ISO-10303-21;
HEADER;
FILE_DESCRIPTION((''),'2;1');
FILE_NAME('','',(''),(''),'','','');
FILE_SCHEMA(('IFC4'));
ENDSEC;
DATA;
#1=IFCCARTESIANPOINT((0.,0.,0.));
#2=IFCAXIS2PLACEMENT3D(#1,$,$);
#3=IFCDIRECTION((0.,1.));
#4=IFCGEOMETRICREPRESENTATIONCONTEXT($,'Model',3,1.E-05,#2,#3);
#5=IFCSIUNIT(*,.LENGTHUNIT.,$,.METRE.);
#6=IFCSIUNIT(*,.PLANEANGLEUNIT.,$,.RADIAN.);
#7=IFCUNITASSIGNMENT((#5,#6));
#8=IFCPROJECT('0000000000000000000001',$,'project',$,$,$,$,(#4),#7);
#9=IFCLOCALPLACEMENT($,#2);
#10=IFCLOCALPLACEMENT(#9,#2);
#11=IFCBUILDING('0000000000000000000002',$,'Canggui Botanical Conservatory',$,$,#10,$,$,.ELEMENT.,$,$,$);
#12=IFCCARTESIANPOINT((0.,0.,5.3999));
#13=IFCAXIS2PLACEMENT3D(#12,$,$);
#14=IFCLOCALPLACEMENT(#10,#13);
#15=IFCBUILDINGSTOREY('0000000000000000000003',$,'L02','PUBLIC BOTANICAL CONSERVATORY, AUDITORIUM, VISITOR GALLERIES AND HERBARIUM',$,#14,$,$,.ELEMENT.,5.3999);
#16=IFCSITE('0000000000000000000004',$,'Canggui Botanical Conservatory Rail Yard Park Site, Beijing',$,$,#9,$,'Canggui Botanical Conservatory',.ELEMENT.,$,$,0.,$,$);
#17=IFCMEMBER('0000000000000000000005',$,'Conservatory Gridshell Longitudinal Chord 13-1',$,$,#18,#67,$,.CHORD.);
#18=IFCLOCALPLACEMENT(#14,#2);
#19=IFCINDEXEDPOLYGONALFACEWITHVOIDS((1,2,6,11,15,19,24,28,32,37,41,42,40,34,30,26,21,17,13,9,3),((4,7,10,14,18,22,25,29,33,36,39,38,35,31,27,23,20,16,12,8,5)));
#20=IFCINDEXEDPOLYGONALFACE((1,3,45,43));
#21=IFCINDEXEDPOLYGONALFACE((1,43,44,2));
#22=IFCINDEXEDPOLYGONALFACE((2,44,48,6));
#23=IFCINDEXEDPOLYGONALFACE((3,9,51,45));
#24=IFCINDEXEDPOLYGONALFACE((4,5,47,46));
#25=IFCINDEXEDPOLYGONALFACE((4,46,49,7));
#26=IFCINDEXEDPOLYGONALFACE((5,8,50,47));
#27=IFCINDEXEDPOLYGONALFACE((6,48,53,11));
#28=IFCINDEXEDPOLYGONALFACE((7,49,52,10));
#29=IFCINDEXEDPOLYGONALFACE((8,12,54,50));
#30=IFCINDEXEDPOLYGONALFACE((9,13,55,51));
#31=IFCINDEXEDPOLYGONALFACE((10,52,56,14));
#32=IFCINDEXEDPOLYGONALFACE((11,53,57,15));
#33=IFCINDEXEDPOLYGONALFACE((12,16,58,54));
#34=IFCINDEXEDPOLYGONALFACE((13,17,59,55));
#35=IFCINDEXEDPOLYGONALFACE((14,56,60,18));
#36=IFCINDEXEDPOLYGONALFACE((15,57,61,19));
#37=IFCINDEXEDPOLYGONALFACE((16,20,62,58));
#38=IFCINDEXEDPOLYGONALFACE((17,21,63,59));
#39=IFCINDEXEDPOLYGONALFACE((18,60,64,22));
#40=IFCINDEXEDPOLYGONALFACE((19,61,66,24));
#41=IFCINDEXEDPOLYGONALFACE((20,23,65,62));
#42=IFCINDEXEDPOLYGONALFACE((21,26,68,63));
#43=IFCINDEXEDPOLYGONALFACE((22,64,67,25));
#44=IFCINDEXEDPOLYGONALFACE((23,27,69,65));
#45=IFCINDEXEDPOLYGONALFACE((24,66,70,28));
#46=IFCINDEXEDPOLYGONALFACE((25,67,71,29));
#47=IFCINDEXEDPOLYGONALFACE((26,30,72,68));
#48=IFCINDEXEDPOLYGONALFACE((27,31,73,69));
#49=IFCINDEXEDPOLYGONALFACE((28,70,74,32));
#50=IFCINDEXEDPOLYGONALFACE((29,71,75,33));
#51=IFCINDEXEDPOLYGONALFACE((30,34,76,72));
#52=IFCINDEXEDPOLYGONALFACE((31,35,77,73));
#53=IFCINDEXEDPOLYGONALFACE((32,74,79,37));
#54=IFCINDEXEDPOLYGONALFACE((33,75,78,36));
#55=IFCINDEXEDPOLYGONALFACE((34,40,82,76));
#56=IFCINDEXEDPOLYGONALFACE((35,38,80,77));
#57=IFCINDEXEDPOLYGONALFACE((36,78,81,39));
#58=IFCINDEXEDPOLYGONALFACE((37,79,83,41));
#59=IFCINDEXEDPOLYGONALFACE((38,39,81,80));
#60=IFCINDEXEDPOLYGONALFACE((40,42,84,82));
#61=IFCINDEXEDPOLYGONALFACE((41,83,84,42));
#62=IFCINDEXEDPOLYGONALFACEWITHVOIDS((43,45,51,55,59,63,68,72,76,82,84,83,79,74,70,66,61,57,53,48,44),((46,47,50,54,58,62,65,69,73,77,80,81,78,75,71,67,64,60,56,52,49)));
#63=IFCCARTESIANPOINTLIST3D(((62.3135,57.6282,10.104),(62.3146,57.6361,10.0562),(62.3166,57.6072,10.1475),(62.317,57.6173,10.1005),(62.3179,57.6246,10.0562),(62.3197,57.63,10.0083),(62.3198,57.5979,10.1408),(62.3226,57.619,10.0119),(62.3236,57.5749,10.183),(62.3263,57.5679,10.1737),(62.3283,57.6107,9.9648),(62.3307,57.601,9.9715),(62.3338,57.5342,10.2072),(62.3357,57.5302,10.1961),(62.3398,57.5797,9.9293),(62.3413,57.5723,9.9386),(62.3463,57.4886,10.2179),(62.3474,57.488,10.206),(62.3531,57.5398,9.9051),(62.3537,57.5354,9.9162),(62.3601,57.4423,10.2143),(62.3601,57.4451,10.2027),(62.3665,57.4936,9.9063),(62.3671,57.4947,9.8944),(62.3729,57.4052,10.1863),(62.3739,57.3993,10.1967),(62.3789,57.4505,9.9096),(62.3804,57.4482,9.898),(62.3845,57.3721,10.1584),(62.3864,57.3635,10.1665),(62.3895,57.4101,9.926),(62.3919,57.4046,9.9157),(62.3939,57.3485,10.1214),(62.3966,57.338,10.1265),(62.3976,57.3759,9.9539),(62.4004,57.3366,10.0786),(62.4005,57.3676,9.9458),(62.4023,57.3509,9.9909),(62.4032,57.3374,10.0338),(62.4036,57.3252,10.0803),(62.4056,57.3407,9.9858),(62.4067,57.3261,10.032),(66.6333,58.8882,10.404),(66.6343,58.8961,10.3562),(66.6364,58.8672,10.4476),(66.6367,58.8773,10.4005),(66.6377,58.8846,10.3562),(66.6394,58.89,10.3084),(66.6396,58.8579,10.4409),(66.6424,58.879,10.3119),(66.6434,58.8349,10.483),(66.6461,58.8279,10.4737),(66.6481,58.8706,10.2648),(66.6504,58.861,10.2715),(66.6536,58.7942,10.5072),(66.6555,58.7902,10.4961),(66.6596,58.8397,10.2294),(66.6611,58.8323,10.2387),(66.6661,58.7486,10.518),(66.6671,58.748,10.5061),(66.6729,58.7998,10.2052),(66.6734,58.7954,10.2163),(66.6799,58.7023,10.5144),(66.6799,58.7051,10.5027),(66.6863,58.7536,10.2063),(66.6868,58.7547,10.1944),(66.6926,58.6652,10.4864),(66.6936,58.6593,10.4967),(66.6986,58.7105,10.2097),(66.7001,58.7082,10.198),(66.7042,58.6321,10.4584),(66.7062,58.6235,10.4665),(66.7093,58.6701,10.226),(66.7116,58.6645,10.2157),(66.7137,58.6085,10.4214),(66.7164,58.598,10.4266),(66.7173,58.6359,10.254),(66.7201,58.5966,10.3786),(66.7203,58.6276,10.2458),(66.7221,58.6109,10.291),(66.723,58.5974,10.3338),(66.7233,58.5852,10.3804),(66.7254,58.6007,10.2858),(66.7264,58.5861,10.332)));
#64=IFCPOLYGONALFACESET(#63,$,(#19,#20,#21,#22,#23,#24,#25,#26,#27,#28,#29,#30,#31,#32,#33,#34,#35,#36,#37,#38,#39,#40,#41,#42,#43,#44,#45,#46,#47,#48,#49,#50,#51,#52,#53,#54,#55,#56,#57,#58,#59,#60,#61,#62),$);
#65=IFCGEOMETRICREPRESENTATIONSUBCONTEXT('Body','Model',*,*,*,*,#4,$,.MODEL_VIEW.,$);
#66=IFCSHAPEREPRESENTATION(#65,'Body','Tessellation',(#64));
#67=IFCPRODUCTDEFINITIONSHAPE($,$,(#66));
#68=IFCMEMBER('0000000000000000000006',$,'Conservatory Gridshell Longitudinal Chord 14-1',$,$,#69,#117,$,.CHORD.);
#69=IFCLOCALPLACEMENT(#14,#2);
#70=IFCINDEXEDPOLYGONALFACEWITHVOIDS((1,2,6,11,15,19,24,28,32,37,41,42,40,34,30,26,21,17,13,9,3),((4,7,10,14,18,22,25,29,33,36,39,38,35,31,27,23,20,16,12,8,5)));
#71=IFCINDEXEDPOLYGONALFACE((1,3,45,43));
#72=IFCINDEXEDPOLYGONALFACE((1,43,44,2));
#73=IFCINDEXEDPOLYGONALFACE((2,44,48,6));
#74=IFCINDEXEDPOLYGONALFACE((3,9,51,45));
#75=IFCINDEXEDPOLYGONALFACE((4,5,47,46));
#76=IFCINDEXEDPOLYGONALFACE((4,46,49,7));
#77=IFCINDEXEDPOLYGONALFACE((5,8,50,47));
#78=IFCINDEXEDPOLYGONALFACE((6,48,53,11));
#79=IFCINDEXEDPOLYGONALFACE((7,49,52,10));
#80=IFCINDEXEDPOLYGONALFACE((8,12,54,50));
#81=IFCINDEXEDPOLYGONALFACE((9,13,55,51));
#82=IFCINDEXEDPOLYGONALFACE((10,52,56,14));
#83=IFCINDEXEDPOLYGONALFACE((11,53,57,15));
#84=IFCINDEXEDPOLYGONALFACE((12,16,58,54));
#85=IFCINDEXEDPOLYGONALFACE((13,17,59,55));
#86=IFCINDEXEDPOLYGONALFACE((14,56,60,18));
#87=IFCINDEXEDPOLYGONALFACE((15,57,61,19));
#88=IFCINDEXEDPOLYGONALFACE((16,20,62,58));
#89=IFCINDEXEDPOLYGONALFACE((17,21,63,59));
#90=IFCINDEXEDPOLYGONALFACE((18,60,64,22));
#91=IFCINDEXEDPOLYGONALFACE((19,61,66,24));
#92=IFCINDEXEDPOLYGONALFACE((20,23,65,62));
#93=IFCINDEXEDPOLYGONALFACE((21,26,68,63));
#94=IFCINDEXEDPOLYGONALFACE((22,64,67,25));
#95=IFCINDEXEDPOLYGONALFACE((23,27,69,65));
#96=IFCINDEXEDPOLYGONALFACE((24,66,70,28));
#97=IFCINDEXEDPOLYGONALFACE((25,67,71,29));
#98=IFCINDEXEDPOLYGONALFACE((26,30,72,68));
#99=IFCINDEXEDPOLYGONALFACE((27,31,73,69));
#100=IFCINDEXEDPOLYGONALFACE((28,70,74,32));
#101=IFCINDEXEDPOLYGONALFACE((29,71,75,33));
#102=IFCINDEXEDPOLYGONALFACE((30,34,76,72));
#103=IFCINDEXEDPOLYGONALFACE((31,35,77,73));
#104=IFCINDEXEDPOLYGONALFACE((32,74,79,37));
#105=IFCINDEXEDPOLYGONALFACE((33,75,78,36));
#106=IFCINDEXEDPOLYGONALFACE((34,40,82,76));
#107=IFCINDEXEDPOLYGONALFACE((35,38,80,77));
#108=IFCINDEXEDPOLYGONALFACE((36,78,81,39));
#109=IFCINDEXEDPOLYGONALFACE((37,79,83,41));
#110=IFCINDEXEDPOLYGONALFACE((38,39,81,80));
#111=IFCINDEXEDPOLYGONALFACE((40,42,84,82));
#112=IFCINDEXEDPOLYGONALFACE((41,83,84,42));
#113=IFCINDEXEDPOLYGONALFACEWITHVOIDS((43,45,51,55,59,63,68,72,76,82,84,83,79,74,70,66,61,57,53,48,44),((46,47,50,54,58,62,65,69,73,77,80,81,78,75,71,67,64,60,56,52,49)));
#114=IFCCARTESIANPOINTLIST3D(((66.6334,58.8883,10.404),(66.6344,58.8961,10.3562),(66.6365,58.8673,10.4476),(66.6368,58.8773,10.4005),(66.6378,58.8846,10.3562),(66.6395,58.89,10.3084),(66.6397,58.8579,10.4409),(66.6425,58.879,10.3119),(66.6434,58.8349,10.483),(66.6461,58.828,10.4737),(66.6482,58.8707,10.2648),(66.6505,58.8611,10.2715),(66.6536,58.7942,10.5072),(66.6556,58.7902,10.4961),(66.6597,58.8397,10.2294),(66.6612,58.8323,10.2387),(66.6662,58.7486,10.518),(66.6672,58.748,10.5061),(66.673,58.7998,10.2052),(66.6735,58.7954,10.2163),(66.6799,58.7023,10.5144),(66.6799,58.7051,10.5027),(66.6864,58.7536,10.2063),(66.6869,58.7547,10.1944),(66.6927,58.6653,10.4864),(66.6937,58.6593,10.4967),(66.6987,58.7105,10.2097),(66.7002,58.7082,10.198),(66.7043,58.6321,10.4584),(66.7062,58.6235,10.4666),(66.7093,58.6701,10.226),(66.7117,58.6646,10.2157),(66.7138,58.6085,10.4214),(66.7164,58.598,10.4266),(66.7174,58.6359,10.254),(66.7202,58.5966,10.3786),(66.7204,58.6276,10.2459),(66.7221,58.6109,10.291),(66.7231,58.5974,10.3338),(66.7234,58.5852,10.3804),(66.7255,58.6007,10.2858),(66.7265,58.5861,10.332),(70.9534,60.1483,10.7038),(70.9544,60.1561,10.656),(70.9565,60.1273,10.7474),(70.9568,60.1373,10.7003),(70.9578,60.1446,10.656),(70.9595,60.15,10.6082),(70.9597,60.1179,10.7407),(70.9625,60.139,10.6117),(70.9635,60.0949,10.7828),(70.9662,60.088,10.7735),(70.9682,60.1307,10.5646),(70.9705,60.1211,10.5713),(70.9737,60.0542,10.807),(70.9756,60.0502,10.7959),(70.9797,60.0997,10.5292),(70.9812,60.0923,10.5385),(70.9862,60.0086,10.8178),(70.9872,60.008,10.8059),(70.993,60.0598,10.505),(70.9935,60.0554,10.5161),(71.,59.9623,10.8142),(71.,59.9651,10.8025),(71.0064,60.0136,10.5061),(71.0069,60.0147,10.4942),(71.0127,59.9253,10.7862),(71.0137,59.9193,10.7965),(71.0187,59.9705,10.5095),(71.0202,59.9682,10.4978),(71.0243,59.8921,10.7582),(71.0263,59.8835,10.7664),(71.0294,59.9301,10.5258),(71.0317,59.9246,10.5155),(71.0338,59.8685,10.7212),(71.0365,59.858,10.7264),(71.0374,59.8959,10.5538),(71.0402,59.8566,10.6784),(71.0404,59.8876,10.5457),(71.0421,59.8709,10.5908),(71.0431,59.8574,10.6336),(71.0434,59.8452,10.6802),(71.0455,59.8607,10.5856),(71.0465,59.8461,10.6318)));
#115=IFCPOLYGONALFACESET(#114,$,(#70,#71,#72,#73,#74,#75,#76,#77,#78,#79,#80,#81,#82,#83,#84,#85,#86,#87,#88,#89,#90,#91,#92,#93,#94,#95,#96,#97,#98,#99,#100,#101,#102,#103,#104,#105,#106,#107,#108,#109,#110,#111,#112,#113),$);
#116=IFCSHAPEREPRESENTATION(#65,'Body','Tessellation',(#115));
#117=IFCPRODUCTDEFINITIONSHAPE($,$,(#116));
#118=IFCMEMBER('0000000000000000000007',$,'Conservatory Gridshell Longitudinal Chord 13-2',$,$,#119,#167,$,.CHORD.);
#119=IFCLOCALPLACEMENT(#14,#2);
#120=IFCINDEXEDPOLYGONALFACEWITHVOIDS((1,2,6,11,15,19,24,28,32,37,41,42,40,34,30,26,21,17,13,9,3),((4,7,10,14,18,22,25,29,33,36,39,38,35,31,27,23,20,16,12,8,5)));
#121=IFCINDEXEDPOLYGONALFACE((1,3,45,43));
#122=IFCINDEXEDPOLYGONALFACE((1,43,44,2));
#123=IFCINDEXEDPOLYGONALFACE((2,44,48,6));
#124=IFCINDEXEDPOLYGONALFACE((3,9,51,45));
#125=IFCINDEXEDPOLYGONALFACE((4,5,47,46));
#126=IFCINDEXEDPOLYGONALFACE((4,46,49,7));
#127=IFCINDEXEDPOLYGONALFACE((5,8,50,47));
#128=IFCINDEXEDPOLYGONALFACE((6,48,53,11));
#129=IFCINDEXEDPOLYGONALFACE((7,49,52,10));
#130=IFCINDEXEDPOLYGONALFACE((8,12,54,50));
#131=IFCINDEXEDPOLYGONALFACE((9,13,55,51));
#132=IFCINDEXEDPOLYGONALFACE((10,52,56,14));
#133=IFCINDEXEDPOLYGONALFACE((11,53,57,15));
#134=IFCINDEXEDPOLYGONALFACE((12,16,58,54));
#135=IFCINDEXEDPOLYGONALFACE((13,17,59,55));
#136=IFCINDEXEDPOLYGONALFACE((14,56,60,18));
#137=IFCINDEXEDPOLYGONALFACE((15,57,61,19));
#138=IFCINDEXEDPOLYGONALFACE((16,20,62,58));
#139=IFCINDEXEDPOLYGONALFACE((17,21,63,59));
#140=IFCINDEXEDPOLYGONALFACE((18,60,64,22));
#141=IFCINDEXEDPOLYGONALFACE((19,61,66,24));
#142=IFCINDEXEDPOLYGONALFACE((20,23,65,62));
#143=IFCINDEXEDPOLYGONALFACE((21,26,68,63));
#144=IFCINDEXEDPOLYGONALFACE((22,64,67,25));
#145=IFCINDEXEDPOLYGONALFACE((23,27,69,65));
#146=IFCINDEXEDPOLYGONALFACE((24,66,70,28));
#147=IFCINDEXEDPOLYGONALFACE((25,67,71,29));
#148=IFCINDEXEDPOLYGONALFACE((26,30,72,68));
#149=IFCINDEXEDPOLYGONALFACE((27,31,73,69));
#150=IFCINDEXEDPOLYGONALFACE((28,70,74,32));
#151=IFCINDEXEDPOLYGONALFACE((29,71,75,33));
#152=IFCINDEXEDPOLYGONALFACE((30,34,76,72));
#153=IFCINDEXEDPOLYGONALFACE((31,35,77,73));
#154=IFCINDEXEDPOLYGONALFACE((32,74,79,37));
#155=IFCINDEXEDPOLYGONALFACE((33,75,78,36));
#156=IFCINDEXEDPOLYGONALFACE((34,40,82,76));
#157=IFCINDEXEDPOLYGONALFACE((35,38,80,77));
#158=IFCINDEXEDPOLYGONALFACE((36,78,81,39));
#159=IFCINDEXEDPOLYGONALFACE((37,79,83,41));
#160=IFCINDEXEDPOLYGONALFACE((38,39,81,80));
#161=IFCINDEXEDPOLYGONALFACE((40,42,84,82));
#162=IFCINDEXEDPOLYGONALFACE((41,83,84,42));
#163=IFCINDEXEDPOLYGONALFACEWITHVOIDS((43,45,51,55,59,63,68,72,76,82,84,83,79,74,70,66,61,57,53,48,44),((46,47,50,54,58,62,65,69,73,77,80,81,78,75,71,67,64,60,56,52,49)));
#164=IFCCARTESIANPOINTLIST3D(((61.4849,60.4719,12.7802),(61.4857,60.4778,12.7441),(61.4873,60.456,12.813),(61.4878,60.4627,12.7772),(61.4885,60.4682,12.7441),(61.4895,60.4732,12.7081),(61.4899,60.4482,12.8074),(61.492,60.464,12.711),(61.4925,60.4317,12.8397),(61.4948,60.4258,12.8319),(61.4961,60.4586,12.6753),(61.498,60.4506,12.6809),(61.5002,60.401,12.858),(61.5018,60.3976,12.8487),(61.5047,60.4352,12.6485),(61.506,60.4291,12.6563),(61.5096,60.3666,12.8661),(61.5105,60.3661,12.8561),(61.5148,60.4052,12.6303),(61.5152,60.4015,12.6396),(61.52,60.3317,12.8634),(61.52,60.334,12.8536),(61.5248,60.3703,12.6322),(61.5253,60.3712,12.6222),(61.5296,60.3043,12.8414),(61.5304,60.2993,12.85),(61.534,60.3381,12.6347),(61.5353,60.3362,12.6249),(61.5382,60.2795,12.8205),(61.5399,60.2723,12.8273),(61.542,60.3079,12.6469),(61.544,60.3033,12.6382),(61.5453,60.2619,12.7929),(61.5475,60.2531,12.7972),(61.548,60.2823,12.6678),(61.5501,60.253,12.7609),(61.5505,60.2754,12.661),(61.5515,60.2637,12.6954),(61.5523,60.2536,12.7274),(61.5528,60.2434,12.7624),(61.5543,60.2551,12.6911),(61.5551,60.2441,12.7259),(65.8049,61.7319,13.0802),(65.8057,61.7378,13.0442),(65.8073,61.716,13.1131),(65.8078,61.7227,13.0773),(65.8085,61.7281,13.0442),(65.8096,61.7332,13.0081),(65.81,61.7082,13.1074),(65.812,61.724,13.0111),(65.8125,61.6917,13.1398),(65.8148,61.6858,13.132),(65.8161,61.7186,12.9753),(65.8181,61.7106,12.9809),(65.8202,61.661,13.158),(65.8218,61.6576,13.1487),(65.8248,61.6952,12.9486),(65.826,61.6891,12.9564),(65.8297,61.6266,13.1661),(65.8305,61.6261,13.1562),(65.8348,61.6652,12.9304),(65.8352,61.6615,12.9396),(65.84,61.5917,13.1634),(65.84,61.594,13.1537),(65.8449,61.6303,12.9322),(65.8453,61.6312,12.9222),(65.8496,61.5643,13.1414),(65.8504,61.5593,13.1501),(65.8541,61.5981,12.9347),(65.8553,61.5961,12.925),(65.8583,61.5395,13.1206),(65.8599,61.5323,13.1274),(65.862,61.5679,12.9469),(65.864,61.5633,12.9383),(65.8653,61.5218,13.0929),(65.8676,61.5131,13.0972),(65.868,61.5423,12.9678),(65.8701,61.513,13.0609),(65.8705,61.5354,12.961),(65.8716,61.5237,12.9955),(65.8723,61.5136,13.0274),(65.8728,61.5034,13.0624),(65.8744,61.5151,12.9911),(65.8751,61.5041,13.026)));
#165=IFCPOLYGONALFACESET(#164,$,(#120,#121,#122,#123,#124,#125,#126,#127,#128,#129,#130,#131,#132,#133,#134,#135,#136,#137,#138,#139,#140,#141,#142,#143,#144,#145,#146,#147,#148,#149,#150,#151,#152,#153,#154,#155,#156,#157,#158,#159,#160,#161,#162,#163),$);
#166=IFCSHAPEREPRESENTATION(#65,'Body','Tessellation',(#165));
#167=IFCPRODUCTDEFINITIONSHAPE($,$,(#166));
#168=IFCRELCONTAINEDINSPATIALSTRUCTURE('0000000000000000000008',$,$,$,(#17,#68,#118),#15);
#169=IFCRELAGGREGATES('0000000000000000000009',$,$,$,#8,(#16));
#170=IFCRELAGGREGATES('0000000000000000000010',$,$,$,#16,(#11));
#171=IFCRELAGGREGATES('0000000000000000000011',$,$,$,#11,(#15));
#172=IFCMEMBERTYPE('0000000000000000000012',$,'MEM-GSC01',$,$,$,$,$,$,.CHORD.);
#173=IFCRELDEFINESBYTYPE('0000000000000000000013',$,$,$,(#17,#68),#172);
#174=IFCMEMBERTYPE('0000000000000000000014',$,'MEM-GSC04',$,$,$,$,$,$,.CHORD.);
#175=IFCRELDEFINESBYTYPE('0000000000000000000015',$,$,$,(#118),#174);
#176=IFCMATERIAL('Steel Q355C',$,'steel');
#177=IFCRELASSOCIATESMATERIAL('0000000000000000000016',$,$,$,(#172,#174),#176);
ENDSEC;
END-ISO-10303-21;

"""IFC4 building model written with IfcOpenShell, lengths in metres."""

from ifc_helpers import new_model, si_unit, direction, frame, origin, origin_2d, place, context, subcontext, project, spatial, hollow_circle, extrude, material, material_profile, profile_set, type_object, element, save


model = new_model("IFC4")

# Units and contexts
model_context = context("Model", 3, precision=1e-05, world=origin(), true_north=direction((0.0, 1.0)))
body_context = subcontext(model_context, "Body", "Model", "MODEL_VIEW")
ifc_project = project(units=[si_unit("LENGTHUNIT", "METRE"), si_unit("PLANEANGLEUNIT", "RADIAN")], contexts=[model_context])

# Site, building, storey
site_placement = place(None, origin())
site = spatial("IfcSite", under=ifc_project, at=site_placement, Name="Canggui Botanical Conservatory Rail Yard Park Site, Beijing", LongName="Canggui Botanical Conservatory", CompositionType="ELEMENT", RefElevation=0.0)
building_placement = place(site_placement, origin())
building = spatial("IfcBuilding", under=site, at=building_placement, Name="Canggui Botanical Conservatory", CompositionType="ELEMENT")
storey_placement = place(building_placement, frame((0.0, 0.0, 5.3999)))
storey = spatial("IfcBuildingStorey", under=building, at=storey_placement, Name="L02", Description="PUBLIC BOTANICAL CONSERVATORY, AUDITORIUM, VISITOR GALLERIES AND HERBARIUM", CompositionType="ELEMENT", Elevation=5.3999)

# Shared definitions
ifc_material_1 = material(Name="Steel Q355C", Category="steel")

# Members
ifc_material_profile_1 = material_profile(ifc_material_1, hollow_circle(Radius=0.1626, WallThickness=0.012, at=origin_2d()), Name="CHS 325x12")
ifc_profile_set_1 = profile_set([ifc_material_profile_1], Name="Steel Q355C")
member_type_1 = type_object("IfcMemberType", Name="MEM-GSC01", PredefinedType="CHORD", material=ifc_profile_set_1)
member_1_placement = place(storey_placement, frame((62.3601, 57.48, 10.0562), z_axis=(0.957869, 0.279392, 0.066532), x_axis=(-0.280013, 0.959996, 0.0)))
element("IfcMember", 1, at=member_1_placement, inside=storey, type_object=member_type_1, Name="Conservatory Gridshell Longitudinal Chord 13-1", PredefinedType="CHORD", context=body_context, shape_type="SweptSolid", body=[
    extrude(hollow_circle(Radius=0.1626, WallThickness=0.012, at=origin_2d()), origin(), (0.0, 0.0, 1.0), 4.5098),
])
member_2_placement = place(storey_placement, frame((66.6799, 58.74, 10.3562), z_axis=(0.957877, 0.279379, 0.066475), x_axis=(-0.279998, 0.960001, 0.0)))
element("IfcMember", 2, at=member_2_placement, inside=storey, type_object=member_type_1, Name="Conservatory Gridshell Longitudinal Chord 14-1", PredefinedType="CHORD", context=body_context, shape_type="SweptSolid", body=[
    extrude(hollow_circle(Radius=0.1626, WallThickness=0.012, at=origin_2d()), origin(), (0.0, 0.0, 1.0), 4.51),
])
ifc_material_profile_2 = material_profile(ifc_material_1, hollow_circle(Radius=0.1226, WallThickness=0.01, at=origin_2d()), Name="CHS 245x10")
ifc_profile_set_2 = profile_set([ifc_material_profile_2], Name="Steel Q355C")
member_type_2 = type_object("IfcMemberType", Name="MEM-GSC04", PredefinedType="CHORD", material=ifc_profile_set_2)
member_3_placement = place(storey_placement, frame((61.52, 60.3601, 12.7441), z_axis=(0.957874, 0.279378, 0.066529), x_axis=(-0.279998, 0.960001, 0.0)))
element("IfcMember", 3, at=member_3_placement, inside=storey, type_object=member_type_2, Name="Conservatory Gridshell Longitudinal Chord 13-2", PredefinedType="CHORD", context=body_context, shape_type="SweptSolid", body=[
    extrude(hollow_circle(Radius=0.1226, WallThickness=0.01, at=origin_2d()), origin(), (0.0, 0.0, 1.0), 4.51),
])

save(model, "model.ifc")
